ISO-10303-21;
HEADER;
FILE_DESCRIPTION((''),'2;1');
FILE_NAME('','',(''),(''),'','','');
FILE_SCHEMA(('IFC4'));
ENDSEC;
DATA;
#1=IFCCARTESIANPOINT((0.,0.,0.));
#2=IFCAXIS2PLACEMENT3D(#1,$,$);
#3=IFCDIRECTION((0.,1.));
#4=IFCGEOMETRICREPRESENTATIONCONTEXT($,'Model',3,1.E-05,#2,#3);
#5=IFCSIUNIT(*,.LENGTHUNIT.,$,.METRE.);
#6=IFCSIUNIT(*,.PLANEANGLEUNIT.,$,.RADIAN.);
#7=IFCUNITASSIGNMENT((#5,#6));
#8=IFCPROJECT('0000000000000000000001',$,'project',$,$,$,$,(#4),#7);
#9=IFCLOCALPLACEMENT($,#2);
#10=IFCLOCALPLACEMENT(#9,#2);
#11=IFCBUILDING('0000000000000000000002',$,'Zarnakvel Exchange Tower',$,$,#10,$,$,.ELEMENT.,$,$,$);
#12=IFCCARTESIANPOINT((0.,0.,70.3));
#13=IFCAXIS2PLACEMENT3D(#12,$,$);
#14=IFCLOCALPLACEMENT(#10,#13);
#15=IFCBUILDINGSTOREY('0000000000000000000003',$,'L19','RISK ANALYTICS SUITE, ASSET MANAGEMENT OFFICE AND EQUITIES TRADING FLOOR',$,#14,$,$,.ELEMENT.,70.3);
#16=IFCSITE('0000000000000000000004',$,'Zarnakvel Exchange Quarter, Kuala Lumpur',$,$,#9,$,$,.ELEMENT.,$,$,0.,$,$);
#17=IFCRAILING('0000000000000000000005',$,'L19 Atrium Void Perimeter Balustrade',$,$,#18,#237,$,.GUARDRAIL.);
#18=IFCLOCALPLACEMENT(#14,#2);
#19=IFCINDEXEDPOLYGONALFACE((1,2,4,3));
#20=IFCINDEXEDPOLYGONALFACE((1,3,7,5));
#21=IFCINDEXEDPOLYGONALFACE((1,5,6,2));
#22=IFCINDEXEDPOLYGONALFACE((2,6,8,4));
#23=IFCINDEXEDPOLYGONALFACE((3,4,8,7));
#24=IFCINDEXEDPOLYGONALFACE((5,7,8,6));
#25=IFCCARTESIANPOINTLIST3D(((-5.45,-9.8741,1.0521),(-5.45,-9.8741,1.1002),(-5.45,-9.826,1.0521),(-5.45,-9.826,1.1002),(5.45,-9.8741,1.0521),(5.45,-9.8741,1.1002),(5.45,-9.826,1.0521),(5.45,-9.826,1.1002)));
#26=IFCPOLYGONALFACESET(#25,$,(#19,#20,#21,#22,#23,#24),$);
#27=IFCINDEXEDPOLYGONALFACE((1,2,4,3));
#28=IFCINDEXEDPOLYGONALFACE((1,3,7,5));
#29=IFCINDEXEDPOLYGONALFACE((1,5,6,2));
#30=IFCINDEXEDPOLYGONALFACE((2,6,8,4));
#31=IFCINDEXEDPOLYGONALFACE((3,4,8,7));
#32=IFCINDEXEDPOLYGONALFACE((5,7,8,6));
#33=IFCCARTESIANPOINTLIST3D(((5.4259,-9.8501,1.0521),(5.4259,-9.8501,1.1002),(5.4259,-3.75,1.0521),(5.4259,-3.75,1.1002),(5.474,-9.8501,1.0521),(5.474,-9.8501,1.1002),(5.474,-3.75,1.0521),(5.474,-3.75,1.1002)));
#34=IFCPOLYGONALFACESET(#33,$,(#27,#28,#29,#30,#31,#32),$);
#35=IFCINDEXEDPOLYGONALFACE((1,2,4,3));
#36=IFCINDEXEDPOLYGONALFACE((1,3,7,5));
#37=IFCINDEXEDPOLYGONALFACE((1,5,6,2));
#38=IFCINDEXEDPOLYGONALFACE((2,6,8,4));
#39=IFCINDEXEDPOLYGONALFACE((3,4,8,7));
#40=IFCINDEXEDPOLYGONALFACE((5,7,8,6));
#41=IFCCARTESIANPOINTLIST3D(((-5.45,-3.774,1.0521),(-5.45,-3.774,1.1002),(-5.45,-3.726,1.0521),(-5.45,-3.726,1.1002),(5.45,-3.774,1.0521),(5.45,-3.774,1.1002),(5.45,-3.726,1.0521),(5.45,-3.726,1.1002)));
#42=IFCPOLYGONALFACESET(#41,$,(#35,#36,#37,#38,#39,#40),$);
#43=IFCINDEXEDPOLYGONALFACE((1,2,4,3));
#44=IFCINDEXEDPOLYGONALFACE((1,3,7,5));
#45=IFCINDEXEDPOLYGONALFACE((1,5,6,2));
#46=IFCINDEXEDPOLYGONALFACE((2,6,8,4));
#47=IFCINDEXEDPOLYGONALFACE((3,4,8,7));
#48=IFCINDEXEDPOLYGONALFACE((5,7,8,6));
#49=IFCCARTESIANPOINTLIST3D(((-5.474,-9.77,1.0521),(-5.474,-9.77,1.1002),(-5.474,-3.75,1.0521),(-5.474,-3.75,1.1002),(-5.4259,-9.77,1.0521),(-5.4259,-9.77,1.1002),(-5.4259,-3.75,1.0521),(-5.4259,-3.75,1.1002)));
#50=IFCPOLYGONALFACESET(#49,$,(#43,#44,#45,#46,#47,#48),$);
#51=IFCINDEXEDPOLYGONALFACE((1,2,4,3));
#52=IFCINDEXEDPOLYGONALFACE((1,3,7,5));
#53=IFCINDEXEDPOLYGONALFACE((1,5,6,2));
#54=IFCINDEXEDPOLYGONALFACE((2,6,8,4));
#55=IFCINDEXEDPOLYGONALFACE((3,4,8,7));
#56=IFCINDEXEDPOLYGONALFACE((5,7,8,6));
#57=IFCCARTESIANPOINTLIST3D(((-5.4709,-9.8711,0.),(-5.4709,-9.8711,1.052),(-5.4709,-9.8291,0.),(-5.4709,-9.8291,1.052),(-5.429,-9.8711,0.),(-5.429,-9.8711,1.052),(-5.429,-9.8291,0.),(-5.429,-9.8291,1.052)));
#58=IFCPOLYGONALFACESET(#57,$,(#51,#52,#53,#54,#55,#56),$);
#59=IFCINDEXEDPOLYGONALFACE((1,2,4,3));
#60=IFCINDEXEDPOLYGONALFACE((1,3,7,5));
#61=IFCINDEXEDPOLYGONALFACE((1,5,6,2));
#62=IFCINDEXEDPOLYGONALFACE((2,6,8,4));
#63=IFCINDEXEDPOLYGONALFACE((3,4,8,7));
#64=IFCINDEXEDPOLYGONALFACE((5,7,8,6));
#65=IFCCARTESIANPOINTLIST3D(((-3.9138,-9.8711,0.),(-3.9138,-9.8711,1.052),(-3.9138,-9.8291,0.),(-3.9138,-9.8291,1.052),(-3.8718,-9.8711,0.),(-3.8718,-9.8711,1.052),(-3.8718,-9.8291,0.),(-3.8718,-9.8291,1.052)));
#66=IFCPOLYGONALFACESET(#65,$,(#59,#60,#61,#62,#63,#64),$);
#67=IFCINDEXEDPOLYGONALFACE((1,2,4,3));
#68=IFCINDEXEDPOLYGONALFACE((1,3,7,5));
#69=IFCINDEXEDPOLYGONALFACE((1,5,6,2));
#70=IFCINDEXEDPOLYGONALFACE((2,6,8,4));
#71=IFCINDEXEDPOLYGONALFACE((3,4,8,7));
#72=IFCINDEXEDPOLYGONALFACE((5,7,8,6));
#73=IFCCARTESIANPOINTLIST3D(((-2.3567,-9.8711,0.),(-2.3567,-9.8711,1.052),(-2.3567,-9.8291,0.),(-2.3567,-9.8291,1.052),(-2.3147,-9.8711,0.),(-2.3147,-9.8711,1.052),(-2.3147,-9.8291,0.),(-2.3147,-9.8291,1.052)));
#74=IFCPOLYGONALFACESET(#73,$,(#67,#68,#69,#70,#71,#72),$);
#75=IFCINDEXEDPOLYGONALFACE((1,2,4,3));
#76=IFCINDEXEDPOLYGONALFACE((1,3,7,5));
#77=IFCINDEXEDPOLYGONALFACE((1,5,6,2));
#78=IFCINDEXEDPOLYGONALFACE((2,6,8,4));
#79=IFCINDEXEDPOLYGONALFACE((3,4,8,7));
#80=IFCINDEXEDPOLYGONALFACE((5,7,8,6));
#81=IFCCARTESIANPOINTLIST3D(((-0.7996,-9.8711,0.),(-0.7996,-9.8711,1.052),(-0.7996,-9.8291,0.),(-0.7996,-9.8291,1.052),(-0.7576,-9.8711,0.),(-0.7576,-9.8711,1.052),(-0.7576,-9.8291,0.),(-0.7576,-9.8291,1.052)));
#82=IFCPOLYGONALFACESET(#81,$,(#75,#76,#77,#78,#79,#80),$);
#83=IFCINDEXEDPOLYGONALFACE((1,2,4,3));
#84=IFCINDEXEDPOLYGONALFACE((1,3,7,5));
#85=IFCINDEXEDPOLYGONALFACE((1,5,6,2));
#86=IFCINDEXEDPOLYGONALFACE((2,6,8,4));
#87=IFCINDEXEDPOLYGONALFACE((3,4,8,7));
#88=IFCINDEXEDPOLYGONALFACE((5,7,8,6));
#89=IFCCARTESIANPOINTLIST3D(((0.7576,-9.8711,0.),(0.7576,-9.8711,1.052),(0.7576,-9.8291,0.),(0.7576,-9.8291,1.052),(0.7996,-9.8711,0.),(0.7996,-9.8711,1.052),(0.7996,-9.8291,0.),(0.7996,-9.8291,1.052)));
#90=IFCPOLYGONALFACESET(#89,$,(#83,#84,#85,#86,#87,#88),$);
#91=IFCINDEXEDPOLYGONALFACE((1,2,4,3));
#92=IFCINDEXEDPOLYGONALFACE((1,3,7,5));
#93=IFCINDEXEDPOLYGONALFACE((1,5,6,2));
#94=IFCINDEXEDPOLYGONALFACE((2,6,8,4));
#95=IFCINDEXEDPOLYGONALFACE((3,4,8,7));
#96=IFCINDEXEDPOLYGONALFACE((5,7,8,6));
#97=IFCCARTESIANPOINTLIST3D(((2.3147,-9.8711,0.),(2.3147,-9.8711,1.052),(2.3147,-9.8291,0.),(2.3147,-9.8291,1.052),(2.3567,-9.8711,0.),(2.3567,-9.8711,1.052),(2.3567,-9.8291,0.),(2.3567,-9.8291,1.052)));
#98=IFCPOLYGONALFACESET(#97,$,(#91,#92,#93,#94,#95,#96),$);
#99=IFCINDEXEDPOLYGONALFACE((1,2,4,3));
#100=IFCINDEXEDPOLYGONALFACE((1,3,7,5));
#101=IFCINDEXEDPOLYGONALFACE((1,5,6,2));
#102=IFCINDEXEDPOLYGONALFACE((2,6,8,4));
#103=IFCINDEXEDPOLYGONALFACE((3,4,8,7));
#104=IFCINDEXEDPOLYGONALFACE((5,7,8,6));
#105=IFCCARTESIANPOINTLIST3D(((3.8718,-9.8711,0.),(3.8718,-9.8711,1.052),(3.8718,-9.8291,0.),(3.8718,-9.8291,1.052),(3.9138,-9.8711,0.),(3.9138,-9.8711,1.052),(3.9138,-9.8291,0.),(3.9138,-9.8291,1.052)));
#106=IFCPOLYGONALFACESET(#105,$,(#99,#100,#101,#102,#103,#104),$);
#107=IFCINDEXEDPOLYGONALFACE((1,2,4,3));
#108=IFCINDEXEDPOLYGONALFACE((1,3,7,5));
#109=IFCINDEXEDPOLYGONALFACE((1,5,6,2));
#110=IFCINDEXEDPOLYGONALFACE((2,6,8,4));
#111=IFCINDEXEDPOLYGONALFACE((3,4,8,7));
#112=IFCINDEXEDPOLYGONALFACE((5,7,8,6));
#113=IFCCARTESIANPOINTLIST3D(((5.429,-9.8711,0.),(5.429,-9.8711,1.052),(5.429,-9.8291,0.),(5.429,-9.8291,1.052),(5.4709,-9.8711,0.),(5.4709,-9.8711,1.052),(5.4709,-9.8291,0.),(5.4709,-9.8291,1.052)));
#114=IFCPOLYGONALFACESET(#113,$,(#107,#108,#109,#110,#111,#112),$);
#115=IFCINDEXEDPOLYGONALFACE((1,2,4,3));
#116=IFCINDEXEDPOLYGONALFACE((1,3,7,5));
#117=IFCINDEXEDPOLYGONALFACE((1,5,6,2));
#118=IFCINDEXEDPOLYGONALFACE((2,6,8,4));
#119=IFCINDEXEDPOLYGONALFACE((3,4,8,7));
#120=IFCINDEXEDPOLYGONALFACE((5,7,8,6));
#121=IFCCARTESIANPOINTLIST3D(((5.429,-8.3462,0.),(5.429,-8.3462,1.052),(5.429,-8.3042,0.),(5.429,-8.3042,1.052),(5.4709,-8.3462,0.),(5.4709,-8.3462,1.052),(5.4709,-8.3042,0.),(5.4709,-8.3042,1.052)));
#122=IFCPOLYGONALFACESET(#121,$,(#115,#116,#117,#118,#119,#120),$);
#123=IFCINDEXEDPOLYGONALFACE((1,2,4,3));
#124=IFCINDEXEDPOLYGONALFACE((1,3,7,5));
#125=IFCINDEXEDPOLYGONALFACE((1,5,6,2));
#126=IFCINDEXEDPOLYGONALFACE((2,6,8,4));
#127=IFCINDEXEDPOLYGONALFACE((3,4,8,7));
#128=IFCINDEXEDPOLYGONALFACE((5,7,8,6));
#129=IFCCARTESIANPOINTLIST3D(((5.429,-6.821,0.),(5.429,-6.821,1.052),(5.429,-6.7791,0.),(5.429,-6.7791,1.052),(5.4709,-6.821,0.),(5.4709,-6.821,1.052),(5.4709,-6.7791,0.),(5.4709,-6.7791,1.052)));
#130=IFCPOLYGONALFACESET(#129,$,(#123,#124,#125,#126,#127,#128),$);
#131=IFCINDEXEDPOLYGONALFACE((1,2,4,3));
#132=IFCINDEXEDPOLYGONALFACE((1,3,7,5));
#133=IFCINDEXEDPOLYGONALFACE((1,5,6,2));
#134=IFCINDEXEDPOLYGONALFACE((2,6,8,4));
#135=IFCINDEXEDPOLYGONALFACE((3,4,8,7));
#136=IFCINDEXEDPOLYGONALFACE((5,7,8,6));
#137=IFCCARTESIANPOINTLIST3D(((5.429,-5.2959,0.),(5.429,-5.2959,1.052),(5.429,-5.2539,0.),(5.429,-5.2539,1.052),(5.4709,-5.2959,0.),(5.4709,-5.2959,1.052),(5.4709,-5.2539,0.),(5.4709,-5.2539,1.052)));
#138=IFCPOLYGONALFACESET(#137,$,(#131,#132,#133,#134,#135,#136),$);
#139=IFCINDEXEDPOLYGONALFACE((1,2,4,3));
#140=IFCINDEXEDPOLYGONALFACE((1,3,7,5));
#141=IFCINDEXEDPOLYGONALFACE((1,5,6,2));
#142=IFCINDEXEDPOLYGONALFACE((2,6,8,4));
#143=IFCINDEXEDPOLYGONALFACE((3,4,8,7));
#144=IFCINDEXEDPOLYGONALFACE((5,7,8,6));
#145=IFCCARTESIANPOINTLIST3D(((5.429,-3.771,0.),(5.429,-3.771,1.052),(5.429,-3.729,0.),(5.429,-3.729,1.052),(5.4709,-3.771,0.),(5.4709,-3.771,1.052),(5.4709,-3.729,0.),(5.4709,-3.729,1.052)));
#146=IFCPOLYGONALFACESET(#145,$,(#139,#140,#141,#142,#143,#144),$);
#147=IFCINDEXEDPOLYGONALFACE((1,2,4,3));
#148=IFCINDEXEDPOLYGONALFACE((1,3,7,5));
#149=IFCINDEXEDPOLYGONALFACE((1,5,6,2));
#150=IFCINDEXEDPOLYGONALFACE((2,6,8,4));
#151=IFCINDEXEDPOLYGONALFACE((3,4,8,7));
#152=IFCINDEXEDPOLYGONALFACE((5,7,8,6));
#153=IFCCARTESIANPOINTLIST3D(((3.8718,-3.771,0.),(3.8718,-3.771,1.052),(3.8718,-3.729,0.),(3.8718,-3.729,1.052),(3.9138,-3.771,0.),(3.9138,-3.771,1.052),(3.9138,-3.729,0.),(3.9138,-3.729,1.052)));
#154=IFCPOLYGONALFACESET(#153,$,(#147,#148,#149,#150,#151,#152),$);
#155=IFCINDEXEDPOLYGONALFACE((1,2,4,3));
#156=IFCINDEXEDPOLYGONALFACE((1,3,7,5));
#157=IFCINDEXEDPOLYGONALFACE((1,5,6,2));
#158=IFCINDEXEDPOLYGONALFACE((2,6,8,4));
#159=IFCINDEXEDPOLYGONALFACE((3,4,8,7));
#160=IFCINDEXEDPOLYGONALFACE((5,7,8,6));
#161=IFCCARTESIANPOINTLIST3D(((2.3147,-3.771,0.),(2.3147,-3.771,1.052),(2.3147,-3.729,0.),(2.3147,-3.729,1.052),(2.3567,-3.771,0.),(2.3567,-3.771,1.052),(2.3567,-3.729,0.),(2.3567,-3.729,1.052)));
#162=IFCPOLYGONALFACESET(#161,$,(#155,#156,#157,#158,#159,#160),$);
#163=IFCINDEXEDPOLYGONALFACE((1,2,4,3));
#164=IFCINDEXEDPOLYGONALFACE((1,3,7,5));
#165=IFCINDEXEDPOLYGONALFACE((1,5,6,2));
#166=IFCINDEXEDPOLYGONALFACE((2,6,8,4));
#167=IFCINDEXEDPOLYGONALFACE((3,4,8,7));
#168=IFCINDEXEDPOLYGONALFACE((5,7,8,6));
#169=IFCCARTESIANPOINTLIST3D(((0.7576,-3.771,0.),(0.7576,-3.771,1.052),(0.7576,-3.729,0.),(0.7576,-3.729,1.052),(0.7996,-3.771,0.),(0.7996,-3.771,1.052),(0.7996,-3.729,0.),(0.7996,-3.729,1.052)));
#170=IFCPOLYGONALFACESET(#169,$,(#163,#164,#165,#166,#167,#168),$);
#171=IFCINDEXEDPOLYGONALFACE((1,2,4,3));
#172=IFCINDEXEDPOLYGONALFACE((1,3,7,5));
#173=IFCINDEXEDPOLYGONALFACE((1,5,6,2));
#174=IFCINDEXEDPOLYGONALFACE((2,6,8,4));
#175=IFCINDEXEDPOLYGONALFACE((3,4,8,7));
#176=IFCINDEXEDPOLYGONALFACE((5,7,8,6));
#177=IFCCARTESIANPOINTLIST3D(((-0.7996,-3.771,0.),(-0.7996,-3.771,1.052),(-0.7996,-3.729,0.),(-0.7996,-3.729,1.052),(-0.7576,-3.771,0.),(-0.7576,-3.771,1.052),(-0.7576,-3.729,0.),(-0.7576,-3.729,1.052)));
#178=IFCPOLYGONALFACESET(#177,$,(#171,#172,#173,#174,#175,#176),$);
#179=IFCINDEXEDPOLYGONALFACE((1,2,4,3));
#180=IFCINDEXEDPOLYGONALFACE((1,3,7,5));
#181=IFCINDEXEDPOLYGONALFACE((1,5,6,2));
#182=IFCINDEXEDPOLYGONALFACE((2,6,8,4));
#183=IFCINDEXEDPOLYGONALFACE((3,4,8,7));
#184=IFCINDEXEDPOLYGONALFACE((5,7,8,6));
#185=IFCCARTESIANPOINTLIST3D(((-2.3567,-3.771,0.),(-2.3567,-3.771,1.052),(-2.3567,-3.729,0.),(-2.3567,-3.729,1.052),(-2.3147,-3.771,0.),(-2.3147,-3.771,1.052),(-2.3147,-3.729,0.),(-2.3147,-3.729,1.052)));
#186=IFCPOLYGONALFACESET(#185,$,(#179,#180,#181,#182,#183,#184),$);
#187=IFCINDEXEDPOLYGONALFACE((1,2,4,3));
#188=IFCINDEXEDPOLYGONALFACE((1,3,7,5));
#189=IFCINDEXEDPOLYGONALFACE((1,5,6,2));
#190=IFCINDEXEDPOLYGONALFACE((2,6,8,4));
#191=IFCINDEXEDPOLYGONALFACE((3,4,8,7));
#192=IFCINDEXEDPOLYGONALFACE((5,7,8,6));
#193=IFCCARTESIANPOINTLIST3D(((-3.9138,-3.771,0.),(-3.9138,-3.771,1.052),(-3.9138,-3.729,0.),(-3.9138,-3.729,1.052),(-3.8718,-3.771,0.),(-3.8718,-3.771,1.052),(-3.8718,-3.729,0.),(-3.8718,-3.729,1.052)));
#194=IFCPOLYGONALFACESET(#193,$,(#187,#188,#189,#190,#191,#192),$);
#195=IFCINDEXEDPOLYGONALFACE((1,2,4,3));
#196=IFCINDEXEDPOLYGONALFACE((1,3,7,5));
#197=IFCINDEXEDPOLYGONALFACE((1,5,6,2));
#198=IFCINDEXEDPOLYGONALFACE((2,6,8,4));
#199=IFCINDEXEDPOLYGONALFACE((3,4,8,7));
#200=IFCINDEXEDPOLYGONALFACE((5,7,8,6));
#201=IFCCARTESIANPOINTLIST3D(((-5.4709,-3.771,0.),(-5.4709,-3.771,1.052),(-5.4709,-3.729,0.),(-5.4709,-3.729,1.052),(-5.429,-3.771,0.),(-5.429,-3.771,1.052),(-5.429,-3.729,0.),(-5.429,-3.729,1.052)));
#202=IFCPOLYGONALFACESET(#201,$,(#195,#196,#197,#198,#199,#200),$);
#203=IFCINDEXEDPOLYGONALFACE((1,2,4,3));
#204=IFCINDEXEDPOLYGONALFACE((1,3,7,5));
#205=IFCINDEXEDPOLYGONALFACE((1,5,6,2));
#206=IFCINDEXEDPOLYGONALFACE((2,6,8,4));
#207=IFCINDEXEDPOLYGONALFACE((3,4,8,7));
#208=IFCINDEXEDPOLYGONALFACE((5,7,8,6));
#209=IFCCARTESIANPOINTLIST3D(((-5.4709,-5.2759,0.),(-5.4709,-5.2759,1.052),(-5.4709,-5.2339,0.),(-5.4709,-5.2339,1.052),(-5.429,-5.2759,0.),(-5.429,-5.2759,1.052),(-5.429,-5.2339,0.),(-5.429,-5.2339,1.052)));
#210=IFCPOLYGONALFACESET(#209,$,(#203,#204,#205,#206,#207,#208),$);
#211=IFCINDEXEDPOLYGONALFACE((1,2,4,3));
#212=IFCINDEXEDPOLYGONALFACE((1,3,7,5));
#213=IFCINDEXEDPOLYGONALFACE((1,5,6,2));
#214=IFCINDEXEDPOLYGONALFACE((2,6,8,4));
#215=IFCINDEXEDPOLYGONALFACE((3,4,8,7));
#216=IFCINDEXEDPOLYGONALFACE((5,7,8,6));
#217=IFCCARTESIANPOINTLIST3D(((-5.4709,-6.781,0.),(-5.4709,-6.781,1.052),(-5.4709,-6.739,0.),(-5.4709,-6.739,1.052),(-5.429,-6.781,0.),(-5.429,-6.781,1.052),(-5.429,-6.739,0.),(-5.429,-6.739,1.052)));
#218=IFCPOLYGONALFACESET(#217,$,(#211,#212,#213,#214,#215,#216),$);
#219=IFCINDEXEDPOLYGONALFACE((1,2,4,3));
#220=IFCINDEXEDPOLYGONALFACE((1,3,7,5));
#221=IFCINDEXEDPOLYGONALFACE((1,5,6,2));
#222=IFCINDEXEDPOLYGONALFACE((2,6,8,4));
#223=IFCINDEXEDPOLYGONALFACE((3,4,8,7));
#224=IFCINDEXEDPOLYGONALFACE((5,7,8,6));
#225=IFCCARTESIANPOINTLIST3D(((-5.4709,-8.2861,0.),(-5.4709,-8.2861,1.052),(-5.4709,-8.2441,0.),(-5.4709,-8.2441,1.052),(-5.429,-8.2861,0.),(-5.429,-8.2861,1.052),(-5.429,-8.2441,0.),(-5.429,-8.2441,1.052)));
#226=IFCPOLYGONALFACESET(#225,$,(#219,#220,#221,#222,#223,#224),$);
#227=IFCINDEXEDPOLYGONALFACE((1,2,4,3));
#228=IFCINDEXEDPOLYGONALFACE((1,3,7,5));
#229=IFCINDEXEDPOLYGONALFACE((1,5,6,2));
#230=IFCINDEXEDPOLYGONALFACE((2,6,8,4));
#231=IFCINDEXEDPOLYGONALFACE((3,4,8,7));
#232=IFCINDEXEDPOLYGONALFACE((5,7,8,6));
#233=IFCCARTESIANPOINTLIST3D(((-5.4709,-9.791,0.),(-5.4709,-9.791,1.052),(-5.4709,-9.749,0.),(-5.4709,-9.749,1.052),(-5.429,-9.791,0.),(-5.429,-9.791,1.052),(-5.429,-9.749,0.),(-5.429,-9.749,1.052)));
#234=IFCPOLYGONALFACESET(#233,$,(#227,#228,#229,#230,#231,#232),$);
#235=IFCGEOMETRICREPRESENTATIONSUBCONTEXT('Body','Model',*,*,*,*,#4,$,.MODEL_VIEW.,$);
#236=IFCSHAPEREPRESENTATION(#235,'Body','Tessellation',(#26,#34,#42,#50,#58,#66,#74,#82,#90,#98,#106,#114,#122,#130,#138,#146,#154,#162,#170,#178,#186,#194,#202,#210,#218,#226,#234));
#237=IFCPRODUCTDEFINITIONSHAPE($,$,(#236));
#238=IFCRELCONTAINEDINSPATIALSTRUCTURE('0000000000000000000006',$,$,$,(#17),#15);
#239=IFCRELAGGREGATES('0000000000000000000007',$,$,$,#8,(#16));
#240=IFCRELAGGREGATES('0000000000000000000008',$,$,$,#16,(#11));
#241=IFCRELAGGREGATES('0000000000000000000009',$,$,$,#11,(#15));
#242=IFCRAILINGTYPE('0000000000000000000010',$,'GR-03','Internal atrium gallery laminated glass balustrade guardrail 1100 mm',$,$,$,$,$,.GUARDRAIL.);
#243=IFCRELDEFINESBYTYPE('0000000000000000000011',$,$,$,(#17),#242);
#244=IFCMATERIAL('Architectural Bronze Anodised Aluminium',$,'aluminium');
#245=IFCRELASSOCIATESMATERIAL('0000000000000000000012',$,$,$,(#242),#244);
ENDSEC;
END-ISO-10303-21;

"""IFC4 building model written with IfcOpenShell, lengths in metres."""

from ifc_helpers import new_model, si_unit, direction, frame, origin, origin_2d, place, context, subcontext, project, spatial, rectangle, extrude, material, type_object, element, save


model = new_model("IFC4")

# Units and contexts
model_context = context("Model", 3, precision=1e-05, world=origin(), true_north=direction((0.0, 1.0)))
body_context = subcontext(model_context, "Body", "Model", "MODEL_VIEW")
ifc_project = project(units=[si_unit("LENGTHUNIT", "METRE"), si_unit("PLANEANGLEUNIT", "RADIAN")], contexts=[model_context])

# Site, building, storey
site_placement = place(None, origin())
site = spatial("IfcSite", under=ifc_project, at=site_placement, Name="Zarnakvel Exchange Quarter, Kuala Lumpur", CompositionType="ELEMENT", RefElevation=0.0)
building_placement = place(site_placement, origin())
building = spatial("IfcBuilding", under=site, at=building_placement, Name="Zarnakvel Exchange Tower", CompositionType="ELEMENT")
storey_placement = place(building_placement, frame((0.0, 0.0, 70.3)))
storey = spatial("IfcBuildingStorey", under=building, at=storey_placement, Name="L19", Description="RISK ANALYTICS SUITE, ASSET MANAGEMENT OFFICE AND EQUITIES TRADING FLOOR", CompositionType="ELEMENT", Elevation=70.3)

# Railing
ifc_material_1 = material(Name="Architectural Bronze Anodised Aluminium", Category="aluminium")
railing_type = type_object("IfcRailingType", Name="GR-03", Description="Internal atrium gallery laminated glass balustrade guardrail 1100 mm", PredefinedType="GUARDRAIL", material=ifc_material_1)
railing_placement = place(storey_placement, frame((-5.45, -9.8501, 0.0)))
element("IfcRailing", 1, at=railing_placement, inside=storey, type_object=railing_type, Name="L19 Atrium Void Perimeter Balustrade", PredefinedType="GUARDRAIL", context=body_context, shape_type="SweptSolid", body=[
    extrude(rectangle(XDim=0.0481, YDim=0.0481, at=origin_2d()), frame((0.0, 0.0, 1.0762), z_axis=(1.0, 0.0, 0.0), x_axis=(0.0, 1.0, 0.0)), (0.0, 0.0, 1.0), 10.8999),
    extrude(rectangle(XDim=0.0481, YDim=0.0481, at=origin_2d()), frame((10.8999, 0.0, 1.0762), z_axis=(0.0, 1.0, 0.0), x_axis=(-1.0, 0.0, 0.0)), (0.0, 0.0, 1.0), 6.1001),
    extrude(rectangle(XDim=0.0481, YDim=0.0481, at=origin_2d()), frame((10.8999, 6.1001, 1.0762), z_axis=(-1.0, 0.0, 0.0), x_axis=(0.0, -1.0, 0.0)), (0.0, 0.0, 1.0), 10.8999),
    extrude(rectangle(XDim=0.0481, YDim=0.0481, at=origin_2d()), frame((0.0, 6.1001, 1.0762), z_axis=(0.0, -1.0, 0.0), x_axis=(1.0, 0.0, 0.0)), (0.0, 0.0, 1.0), 6.02),
    extrude(rectangle(XDim=0.042, YDim=0.042, at=origin_2d()), origin(), (0.0, 0.0, 1.0), 1.052),
    extrude(rectangle(XDim=0.042, YDim=0.042, at=origin_2d()), frame((1.5571, 0.0, 0.0)), (0.0, 0.0, 1.0), 1.052),
    extrude(rectangle(XDim=0.042, YDim=0.042, at=origin_2d()), frame((3.1143, 0.0, 0.0)), (0.0, 0.0, 1.0), 1.052),
    extrude(rectangle(XDim=0.042, YDim=0.042, at=origin_2d()), frame((4.6714, 0.0, 0.0)), (0.0, 0.0, 1.0), 1.052),
    extrude(rectangle(XDim=0.042, YDim=0.042, at=origin_2d()), frame((6.2285, 0.0, 0.0)), (0.0, 0.0, 1.0), 1.052),
    extrude(rectangle(XDim=0.042, YDim=0.042, at=origin_2d()), frame((7.7856, 0.0, 0.0)), (0.0, 0.0, 1.0), 1.052),
    extrude(rectangle(XDim=0.042, YDim=0.042, at=origin_2d()), frame((9.3428, 0.0, 0.0)), (0.0, 0.0, 1.0), 1.052),
    extrude(rectangle(XDim=0.042, YDim=0.042, at=origin_2d()), frame((10.8999, 0.0, 0.0)), (0.0, 0.0, 1.0), 1.052),
    extrude(rectangle(XDim=0.042, YDim=0.042, at=origin_2d()), frame((10.8999, 1.5249, 0.0)), (0.0, 0.0, 1.0), 1.052),
    extrude(rectangle(XDim=0.042, YDim=0.042, at=origin_2d()), frame((10.8999, 3.05, 0.0)), (0.0, 0.0, 1.0), 1.052),
    extrude(rectangle(XDim=0.042, YDim=0.042, at=origin_2d()), frame((10.8999, 4.5752, 0.0)), (0.0, 0.0, 1.0), 1.052),
    extrude(rectangle(XDim=0.042, YDim=0.042, at=origin_2d()), frame((10.8999, 6.1001, 0.0)), (0.0, 0.0, 1.0), 1.052),
    extrude(rectangle(XDim=0.042, YDim=0.042, at=origin_2d()), frame((9.3428, 6.1001, 0.0)), (0.0, 0.0, 1.0), 1.052),
    extrude(rectangle(XDim=0.042, YDim=0.042, at=origin_2d()), frame((7.7856, 6.1001, 0.0)), (0.0, 0.0, 1.0), 1.052),
    extrude(rectangle(XDim=0.042, YDim=0.042, at=origin_2d()), frame((6.2285, 6.1001, 0.0)), (0.0, 0.0, 1.0), 1.052),
    extrude(rectangle(XDim=0.042, YDim=0.042, at=origin_2d()), frame((4.6714, 6.1001, 0.0)), (0.0, 0.0, 1.0), 1.052),
    extrude(rectangle(XDim=0.042, YDim=0.042, at=origin_2d()), frame((3.1143, 6.1001, 0.0)), (0.0, 0.0, 1.0), 1.052),
    extrude(rectangle(XDim=0.042, YDim=0.042, at=origin_2d()), frame((1.5571, 6.1001, 0.0)), (0.0, 0.0, 1.0), 1.052),
    extrude(rectangle(XDim=0.042, YDim=0.042, at=origin_2d()), frame((0.0, 6.1001, 0.0)), (0.0, 0.0, 1.0), 1.052),
    extrude(rectangle(XDim=0.042, YDim=0.042, at=origin_2d()), frame((0.0, 4.5952, 0.0)), (0.0, 0.0, 1.0), 1.052),
    extrude(rectangle(XDim=0.042, YDim=0.042, at=origin_2d()), frame((0.0, 3.0901, 0.0)), (0.0, 0.0, 1.0), 1.052),
    extrude(rectangle(XDim=0.042, YDim=0.042, at=origin_2d()), frame((0.0, 1.585, 0.0)), (0.0, 0.0, 1.0), 1.052),
    extrude(rectangle(XDim=0.042, YDim=0.042, at=origin_2d()), frame((0.0, 0.0801, 0.0)), (0.0, 0.0, 1.0), 1.052),
])

save(model, "model.ifc")
